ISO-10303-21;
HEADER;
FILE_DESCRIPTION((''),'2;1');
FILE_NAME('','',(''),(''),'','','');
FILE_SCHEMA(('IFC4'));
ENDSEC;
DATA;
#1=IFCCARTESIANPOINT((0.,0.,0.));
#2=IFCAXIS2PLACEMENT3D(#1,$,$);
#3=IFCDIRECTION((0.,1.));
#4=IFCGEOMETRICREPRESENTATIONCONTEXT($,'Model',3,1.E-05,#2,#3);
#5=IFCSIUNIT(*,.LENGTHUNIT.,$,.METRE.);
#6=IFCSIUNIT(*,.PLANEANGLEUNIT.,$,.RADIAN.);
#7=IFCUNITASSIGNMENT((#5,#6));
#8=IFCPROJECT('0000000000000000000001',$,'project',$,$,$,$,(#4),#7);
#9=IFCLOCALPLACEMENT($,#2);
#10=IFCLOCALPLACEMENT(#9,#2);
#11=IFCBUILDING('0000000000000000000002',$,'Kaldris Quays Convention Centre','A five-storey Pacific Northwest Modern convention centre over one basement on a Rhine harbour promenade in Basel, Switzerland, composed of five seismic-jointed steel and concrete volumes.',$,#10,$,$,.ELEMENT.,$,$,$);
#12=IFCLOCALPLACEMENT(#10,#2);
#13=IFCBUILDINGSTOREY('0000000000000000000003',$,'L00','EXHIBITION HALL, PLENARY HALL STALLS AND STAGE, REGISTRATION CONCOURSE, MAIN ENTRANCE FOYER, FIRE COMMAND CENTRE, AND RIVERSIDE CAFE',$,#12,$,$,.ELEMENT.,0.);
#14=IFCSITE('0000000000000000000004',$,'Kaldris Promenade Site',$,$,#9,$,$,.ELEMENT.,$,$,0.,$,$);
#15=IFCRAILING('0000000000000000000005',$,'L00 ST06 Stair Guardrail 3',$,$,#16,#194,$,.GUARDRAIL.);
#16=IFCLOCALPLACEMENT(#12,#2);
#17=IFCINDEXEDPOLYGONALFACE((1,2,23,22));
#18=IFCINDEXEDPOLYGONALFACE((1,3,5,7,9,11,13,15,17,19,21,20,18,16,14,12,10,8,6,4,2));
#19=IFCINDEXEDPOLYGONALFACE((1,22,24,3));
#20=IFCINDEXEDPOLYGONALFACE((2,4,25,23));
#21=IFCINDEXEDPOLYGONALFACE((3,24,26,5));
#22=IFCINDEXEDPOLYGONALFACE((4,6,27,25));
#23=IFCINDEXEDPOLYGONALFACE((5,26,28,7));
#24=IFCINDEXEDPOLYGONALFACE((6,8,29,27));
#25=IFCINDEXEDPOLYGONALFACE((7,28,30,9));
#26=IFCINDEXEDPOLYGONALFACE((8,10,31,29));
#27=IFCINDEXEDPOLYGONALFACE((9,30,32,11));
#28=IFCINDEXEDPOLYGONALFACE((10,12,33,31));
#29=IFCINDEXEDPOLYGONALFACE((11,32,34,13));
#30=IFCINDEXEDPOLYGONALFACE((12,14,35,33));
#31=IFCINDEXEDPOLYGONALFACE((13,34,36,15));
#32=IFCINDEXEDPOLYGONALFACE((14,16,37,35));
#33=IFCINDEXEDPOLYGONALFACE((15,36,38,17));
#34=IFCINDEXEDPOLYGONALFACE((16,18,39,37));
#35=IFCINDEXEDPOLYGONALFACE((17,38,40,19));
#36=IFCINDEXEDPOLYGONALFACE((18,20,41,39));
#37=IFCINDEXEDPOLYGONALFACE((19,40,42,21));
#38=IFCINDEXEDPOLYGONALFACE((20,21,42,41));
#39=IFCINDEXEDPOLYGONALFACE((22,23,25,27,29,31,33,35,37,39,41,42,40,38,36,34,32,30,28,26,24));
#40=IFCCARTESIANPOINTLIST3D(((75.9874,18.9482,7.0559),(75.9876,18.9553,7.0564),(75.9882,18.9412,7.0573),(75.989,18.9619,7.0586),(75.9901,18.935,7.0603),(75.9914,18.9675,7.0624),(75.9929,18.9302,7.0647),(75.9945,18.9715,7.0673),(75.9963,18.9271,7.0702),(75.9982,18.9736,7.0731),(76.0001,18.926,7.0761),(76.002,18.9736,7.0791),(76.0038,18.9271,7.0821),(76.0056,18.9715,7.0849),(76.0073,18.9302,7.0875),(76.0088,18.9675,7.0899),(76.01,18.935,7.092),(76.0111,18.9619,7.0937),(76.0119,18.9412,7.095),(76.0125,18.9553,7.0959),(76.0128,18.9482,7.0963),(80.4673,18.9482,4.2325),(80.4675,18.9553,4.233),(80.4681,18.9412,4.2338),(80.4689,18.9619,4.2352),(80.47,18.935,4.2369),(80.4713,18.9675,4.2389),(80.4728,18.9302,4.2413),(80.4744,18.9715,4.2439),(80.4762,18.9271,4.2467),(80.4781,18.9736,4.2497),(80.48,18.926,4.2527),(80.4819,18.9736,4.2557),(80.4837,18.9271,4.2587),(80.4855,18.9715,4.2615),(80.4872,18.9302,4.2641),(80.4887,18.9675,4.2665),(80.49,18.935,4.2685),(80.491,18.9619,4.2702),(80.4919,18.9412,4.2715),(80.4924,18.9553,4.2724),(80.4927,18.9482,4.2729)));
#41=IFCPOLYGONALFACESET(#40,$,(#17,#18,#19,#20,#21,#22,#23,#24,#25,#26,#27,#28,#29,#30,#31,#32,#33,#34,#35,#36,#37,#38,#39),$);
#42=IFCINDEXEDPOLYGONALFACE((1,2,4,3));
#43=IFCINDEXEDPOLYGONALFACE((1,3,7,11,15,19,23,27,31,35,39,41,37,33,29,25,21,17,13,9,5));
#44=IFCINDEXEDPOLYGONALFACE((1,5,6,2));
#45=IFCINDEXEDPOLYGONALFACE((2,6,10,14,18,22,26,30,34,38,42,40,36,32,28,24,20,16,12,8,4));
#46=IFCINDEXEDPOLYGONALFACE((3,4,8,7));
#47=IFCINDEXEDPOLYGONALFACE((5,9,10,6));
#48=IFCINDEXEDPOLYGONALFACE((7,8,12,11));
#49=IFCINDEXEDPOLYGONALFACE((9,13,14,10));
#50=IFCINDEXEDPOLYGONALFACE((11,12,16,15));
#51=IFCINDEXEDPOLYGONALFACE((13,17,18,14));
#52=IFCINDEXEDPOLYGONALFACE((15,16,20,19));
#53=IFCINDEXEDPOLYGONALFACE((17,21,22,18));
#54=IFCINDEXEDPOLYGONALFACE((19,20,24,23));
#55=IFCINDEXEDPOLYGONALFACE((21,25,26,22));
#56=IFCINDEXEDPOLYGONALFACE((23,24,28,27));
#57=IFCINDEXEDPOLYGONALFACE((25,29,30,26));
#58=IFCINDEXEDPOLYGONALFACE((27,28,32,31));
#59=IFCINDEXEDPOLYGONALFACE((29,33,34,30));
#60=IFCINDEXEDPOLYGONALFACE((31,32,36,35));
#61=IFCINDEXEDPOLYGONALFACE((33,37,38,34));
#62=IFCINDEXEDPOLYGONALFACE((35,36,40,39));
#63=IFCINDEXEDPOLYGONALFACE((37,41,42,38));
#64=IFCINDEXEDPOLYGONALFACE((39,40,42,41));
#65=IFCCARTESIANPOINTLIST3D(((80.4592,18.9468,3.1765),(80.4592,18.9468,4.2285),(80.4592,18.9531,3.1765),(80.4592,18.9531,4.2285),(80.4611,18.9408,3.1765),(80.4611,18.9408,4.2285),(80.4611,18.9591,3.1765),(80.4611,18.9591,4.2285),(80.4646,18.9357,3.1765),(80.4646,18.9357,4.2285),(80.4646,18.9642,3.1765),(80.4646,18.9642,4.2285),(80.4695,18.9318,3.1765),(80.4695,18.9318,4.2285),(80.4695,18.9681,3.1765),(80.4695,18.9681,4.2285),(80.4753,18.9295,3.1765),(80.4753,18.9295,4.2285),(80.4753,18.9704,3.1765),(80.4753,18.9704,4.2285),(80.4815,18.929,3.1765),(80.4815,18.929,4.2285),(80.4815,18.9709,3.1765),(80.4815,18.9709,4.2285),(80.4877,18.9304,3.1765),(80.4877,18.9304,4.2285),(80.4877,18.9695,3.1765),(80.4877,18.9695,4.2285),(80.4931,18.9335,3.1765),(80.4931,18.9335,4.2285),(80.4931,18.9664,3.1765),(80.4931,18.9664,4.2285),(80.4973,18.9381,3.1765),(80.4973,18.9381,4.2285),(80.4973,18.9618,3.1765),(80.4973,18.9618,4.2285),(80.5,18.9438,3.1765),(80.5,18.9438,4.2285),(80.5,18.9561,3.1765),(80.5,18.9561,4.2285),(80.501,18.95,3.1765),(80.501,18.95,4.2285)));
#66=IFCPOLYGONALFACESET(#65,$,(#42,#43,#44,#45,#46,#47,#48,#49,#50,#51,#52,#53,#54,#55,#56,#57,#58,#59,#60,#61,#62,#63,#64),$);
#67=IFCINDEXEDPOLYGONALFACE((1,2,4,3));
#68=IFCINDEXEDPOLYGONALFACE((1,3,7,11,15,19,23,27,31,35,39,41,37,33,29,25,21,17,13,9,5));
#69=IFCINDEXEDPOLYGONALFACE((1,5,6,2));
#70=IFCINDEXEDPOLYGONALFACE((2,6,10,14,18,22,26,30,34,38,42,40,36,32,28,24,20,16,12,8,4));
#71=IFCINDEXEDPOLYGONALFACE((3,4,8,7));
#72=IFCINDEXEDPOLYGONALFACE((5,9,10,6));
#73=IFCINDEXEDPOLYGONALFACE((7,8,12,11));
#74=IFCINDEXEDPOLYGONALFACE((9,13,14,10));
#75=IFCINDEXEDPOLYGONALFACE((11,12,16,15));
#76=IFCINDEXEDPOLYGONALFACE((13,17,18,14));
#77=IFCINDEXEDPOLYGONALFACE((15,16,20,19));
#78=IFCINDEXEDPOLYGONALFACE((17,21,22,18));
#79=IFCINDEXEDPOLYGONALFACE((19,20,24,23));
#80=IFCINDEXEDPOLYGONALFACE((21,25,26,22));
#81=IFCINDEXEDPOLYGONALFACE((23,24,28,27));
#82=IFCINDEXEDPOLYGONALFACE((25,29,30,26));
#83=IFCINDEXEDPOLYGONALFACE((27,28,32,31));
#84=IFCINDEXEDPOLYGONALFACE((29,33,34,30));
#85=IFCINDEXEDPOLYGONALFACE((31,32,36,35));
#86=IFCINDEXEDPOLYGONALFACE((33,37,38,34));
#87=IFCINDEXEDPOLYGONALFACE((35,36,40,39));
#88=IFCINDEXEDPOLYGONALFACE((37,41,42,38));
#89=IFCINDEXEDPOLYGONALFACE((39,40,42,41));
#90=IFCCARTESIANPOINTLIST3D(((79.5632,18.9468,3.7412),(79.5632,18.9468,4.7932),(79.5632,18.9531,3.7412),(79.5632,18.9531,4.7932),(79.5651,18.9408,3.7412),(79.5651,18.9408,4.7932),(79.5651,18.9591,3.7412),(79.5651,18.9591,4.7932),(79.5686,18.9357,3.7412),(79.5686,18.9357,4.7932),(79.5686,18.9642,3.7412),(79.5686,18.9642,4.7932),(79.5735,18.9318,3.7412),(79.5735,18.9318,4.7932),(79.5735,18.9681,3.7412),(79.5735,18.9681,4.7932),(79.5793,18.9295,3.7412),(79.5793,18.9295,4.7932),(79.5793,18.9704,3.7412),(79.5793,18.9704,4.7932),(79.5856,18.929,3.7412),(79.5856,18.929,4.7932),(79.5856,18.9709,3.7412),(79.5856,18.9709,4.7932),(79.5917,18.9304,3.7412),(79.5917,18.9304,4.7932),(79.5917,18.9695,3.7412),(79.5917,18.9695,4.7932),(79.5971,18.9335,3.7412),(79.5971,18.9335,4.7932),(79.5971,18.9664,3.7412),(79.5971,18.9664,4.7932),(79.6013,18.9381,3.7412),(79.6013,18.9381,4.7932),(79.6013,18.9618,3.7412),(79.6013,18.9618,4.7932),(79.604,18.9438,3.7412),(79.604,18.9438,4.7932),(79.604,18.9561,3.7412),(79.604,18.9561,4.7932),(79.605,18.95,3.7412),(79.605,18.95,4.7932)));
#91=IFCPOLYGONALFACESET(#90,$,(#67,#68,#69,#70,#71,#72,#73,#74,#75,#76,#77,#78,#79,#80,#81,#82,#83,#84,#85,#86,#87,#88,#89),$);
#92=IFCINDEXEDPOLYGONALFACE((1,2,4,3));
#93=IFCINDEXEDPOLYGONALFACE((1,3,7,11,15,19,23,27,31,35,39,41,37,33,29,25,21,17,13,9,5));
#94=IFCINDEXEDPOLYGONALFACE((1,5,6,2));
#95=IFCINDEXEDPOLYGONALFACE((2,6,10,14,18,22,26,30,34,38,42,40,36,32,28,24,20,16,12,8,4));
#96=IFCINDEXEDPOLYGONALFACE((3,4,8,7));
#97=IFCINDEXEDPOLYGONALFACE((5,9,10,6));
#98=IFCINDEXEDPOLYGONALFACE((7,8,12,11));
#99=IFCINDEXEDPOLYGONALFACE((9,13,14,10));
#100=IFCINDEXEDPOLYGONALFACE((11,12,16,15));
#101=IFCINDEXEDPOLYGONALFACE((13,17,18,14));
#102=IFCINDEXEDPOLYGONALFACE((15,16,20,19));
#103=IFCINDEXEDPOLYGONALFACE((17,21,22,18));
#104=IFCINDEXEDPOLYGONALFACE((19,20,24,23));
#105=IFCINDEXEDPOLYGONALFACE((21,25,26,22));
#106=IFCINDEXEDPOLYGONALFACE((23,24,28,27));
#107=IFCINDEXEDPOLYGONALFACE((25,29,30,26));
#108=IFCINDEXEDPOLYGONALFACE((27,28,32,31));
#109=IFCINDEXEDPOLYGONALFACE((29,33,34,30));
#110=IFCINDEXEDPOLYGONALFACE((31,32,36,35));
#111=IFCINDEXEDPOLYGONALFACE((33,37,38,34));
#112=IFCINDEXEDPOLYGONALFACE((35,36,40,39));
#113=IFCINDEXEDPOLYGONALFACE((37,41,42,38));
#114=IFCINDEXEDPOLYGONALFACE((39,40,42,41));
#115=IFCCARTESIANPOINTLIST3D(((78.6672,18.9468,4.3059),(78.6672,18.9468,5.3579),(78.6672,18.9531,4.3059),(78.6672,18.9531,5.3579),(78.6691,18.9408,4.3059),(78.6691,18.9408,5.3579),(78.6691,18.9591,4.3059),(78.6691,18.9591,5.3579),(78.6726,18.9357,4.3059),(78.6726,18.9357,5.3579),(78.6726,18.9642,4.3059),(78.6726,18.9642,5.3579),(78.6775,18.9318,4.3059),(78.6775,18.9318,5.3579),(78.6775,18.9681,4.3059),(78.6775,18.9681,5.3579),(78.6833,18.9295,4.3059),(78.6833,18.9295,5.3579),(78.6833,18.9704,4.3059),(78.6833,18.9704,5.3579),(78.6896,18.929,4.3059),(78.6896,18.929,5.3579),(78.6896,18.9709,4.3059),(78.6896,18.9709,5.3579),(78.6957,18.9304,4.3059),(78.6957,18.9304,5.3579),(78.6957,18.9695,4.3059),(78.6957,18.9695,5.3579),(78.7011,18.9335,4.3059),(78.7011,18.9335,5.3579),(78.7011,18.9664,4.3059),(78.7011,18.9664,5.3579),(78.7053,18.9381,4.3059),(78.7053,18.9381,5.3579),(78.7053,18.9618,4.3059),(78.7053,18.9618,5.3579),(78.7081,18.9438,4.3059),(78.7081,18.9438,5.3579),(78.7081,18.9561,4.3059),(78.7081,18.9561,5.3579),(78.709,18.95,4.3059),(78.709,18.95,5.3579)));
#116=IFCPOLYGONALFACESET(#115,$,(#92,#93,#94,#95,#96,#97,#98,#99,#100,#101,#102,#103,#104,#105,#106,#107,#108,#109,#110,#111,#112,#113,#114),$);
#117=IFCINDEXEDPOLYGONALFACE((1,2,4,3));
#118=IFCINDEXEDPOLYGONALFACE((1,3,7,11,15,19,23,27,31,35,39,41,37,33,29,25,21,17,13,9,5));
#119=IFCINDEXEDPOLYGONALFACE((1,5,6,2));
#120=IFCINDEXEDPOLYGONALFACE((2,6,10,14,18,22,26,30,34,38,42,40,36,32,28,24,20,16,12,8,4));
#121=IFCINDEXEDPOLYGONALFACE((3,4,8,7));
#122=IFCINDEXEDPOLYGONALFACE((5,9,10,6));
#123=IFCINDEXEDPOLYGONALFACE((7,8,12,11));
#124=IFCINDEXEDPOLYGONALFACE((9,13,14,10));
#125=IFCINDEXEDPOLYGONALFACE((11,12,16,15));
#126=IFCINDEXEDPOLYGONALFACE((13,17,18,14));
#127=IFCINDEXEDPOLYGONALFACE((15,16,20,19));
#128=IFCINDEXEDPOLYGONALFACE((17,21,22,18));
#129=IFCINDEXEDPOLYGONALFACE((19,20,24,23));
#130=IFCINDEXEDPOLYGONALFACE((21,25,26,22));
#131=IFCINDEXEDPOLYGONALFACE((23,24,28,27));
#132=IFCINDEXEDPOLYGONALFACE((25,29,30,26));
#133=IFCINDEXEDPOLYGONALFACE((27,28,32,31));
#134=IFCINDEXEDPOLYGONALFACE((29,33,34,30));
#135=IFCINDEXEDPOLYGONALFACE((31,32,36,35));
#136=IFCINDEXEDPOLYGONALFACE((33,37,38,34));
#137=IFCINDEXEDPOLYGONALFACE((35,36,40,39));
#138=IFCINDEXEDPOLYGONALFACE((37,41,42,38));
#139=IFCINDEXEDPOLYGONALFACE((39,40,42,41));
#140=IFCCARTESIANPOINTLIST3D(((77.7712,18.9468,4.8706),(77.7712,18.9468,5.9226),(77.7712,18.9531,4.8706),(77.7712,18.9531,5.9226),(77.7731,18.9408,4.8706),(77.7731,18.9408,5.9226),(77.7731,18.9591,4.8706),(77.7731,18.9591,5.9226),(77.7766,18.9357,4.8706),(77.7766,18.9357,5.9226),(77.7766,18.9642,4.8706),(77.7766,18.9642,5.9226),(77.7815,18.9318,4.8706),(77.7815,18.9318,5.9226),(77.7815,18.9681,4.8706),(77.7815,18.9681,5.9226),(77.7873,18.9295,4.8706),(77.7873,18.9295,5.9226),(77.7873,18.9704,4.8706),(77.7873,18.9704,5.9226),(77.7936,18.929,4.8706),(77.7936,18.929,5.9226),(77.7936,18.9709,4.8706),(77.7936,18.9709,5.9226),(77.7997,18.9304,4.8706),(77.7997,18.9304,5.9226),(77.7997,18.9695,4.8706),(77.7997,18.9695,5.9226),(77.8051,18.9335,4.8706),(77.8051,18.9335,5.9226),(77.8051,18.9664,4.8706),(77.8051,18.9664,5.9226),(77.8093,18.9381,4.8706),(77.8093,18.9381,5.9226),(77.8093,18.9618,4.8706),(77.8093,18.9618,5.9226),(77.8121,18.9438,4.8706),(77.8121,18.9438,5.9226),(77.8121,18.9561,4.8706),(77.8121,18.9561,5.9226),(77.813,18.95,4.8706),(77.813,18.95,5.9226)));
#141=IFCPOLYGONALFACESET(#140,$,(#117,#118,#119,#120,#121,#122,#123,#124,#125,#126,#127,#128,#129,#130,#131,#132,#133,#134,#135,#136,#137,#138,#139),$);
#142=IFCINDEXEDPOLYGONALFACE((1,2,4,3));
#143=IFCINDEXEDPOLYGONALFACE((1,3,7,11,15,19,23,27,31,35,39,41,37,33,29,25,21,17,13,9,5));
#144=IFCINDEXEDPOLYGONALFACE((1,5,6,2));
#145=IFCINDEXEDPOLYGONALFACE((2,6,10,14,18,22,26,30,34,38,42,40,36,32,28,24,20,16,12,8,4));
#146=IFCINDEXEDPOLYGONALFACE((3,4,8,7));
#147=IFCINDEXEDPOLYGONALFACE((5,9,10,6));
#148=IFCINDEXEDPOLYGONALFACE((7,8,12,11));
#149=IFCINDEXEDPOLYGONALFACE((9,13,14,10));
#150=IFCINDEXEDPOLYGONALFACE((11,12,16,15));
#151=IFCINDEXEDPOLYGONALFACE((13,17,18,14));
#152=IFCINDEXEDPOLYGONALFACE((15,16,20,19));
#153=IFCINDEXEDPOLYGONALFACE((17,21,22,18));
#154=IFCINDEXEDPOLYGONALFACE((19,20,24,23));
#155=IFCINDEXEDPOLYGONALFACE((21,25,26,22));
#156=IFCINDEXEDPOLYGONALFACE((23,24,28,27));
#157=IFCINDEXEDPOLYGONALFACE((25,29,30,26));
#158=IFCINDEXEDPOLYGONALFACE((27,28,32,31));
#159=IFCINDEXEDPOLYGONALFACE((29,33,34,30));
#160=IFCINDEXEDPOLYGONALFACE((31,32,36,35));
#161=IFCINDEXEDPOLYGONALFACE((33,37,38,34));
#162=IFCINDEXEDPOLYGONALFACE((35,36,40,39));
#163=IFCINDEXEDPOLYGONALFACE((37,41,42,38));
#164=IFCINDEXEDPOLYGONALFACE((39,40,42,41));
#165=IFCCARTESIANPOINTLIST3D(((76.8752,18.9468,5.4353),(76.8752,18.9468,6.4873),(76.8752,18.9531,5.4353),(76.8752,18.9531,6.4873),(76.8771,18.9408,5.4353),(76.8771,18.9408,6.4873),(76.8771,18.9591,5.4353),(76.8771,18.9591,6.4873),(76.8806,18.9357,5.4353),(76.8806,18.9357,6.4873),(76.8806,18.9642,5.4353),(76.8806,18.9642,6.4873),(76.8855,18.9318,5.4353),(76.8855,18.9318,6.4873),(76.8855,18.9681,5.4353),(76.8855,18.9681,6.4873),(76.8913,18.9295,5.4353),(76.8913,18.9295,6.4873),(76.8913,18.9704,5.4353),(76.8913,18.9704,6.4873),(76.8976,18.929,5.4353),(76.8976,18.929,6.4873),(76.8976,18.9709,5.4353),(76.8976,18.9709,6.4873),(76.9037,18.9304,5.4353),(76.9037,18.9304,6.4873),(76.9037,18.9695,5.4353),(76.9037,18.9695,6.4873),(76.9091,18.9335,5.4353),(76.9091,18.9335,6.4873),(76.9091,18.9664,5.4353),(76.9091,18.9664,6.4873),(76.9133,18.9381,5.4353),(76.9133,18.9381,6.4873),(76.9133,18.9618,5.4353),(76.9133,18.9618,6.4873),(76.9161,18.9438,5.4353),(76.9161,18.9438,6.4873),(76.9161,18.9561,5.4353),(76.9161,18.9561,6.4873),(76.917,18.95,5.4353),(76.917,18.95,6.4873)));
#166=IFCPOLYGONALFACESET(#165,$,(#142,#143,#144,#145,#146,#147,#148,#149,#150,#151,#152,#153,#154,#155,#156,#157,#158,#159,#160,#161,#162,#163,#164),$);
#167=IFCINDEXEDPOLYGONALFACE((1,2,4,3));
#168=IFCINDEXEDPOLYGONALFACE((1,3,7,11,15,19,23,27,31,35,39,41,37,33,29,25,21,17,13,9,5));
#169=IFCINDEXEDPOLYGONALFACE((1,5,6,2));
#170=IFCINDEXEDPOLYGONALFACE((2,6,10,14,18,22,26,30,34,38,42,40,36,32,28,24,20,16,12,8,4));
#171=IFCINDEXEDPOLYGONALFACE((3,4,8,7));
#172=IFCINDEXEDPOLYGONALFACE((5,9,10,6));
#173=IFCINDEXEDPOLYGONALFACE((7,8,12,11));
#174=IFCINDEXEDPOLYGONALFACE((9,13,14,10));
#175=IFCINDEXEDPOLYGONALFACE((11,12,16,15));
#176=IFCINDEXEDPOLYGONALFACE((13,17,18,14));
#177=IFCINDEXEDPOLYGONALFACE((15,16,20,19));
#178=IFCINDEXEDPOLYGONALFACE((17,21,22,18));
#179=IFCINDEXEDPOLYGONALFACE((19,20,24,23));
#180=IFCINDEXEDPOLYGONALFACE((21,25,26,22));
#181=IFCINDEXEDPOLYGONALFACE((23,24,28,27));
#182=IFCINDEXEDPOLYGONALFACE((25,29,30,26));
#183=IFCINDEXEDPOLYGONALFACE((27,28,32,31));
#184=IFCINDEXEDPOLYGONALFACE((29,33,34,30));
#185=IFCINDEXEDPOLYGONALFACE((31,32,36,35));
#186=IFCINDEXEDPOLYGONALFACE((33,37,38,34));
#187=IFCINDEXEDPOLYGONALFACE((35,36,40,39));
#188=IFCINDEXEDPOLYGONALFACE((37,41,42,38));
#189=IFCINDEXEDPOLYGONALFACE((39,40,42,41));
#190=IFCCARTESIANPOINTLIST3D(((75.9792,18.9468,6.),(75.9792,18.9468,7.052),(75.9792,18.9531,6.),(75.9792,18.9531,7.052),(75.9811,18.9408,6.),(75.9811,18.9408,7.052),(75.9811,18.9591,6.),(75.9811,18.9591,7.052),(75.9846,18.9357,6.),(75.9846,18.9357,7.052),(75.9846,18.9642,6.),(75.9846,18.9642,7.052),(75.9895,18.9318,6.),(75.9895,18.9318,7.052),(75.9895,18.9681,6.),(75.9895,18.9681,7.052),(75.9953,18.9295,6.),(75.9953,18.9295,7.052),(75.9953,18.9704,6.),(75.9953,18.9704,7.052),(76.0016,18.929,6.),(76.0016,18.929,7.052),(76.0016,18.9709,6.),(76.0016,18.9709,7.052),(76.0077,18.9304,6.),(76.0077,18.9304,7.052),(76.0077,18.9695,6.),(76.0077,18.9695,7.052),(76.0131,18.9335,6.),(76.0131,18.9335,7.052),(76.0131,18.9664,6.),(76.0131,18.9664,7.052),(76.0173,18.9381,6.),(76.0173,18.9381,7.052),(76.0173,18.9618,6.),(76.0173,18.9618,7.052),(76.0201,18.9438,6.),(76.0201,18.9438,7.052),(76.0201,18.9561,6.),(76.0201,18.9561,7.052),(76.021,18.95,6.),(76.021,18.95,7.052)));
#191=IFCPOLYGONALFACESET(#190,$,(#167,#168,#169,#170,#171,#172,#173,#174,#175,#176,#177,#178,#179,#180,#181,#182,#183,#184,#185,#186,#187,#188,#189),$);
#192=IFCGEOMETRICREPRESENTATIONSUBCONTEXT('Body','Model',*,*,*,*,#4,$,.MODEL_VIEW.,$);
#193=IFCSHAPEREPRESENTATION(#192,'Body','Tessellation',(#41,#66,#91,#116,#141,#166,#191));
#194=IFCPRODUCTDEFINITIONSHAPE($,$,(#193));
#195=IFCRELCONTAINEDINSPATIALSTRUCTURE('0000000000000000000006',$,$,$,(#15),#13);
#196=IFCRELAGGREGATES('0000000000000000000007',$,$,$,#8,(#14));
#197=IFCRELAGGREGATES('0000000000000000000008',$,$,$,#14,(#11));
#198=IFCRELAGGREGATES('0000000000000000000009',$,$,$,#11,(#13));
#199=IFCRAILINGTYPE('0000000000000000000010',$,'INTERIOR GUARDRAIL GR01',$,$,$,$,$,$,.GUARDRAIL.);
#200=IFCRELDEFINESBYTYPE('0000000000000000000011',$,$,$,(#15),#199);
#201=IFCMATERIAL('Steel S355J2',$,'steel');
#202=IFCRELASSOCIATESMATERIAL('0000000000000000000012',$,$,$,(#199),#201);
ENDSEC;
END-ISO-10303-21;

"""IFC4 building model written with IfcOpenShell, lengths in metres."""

from ifc_helpers import new_model, si_unit, direction, frame, origin, origin_2d, place, context, subcontext, project, spatial, circle, extrude, material, type_object, element, save


model = new_model("IFC4")

# Units and contexts
model_context = context("Model", 3, precision=1e-05, world=origin(), true_north=direction((0.0, 1.0)))
body_context = subcontext(model_context, "Body", "Model", "MODEL_VIEW")
ifc_project = project(units=[si_unit("LENGTHUNIT", "METRE"), si_unit("PLANEANGLEUNIT", "RADIAN")], contexts=[model_context])

# Site, building, storey
site_placement = place(None, origin())
site = spatial("IfcSite", under=ifc_project, at=site_placement, Name="Kaldris Promenade Site", CompositionType="ELEMENT", RefElevation=0.0)
building_placement = place(site_placement, origin())
building = spatial("IfcBuilding", under=site, at=building_placement, Name="Kaldris Quays Convention Centre", Description="A five-storey Pacific Northwest Modern convention centre over one basement on a Rhine harbour promenade in Basel, Switzerland, composed of five seismic-jointed steel and concrete volumes.", CompositionType="ELEMENT")
storey_placement = place(building_placement, origin())
storey = spatial("IfcBuildingStorey", under=building, at=storey_placement, Name="L00", Description="EXHIBITION HALL, PLENARY HALL STALLS AND STAGE, REGISTRATION CONCOURSE, MAIN ENTRANCE FOYER, FIRE COMMAND CENTRE, AND RIVERSIDE CAFE", CompositionType="ELEMENT", Elevation=0.0)

# Shared definitions
ifc_material_1 = material(Name="Steel S355J2", Category="steel")

# Railing
railing_type_1 = type_object("IfcRailingType", Name="INTERIOR GUARDRAIL GR01", PredefinedType="GUARDRAIL", material=ifc_material_1)
railing_1_placement = place(storey_placement, frame((80.48, 18.95, 3.1765)))
element("IfcRailing", 1, at=railing_1_placement, inside=storey, type_object=railing_type_1, Name="L00 ST06 Stair Guardrail 3", PredefinedType="GUARDRAIL", context=body_context, shape_type="SweptSolid", body=[
    extrude(circle(Radius=0.0239, at=origin_2d()), frame((0.0, 0.0, 1.0762), z_axis=(-0.845998, 0.0, 0.533186), x_axis=(0.0, -1.0, 0.0)), (0.0, 0.0, 1.0), 5.2954),
    extrude(circle(Radius=0.021, at=origin_2d()), origin(), (0.0, 0.0, 1.0), 1.052),
    extrude(circle(Radius=0.021, at=origin_2d()), frame((-0.896, 0.0, 0.5647)), (0.0, 0.0, 1.0), 1.052),
    extrude(circle(Radius=0.021, at=origin_2d()), frame((-1.792, 0.0, 1.1294)), (0.0, 0.0, 1.0), 1.052),
    extrude(circle(Radius=0.021, at=origin_2d()), frame((-2.688, 0.0, 1.6941)), (0.0, 0.0, 1.0), 1.052),
    extrude(circle(Radius=0.021, at=origin_2d()), frame((-3.584, 0.0, 2.2588)), (0.0, 0.0, 1.0), 1.052),
    extrude(circle(Radius=0.021, at=origin_2d()), frame((-4.48, 0.0, 2.8235)), (0.0, 0.0, 1.0), 1.052),
])

save(model, "model.ifc")
